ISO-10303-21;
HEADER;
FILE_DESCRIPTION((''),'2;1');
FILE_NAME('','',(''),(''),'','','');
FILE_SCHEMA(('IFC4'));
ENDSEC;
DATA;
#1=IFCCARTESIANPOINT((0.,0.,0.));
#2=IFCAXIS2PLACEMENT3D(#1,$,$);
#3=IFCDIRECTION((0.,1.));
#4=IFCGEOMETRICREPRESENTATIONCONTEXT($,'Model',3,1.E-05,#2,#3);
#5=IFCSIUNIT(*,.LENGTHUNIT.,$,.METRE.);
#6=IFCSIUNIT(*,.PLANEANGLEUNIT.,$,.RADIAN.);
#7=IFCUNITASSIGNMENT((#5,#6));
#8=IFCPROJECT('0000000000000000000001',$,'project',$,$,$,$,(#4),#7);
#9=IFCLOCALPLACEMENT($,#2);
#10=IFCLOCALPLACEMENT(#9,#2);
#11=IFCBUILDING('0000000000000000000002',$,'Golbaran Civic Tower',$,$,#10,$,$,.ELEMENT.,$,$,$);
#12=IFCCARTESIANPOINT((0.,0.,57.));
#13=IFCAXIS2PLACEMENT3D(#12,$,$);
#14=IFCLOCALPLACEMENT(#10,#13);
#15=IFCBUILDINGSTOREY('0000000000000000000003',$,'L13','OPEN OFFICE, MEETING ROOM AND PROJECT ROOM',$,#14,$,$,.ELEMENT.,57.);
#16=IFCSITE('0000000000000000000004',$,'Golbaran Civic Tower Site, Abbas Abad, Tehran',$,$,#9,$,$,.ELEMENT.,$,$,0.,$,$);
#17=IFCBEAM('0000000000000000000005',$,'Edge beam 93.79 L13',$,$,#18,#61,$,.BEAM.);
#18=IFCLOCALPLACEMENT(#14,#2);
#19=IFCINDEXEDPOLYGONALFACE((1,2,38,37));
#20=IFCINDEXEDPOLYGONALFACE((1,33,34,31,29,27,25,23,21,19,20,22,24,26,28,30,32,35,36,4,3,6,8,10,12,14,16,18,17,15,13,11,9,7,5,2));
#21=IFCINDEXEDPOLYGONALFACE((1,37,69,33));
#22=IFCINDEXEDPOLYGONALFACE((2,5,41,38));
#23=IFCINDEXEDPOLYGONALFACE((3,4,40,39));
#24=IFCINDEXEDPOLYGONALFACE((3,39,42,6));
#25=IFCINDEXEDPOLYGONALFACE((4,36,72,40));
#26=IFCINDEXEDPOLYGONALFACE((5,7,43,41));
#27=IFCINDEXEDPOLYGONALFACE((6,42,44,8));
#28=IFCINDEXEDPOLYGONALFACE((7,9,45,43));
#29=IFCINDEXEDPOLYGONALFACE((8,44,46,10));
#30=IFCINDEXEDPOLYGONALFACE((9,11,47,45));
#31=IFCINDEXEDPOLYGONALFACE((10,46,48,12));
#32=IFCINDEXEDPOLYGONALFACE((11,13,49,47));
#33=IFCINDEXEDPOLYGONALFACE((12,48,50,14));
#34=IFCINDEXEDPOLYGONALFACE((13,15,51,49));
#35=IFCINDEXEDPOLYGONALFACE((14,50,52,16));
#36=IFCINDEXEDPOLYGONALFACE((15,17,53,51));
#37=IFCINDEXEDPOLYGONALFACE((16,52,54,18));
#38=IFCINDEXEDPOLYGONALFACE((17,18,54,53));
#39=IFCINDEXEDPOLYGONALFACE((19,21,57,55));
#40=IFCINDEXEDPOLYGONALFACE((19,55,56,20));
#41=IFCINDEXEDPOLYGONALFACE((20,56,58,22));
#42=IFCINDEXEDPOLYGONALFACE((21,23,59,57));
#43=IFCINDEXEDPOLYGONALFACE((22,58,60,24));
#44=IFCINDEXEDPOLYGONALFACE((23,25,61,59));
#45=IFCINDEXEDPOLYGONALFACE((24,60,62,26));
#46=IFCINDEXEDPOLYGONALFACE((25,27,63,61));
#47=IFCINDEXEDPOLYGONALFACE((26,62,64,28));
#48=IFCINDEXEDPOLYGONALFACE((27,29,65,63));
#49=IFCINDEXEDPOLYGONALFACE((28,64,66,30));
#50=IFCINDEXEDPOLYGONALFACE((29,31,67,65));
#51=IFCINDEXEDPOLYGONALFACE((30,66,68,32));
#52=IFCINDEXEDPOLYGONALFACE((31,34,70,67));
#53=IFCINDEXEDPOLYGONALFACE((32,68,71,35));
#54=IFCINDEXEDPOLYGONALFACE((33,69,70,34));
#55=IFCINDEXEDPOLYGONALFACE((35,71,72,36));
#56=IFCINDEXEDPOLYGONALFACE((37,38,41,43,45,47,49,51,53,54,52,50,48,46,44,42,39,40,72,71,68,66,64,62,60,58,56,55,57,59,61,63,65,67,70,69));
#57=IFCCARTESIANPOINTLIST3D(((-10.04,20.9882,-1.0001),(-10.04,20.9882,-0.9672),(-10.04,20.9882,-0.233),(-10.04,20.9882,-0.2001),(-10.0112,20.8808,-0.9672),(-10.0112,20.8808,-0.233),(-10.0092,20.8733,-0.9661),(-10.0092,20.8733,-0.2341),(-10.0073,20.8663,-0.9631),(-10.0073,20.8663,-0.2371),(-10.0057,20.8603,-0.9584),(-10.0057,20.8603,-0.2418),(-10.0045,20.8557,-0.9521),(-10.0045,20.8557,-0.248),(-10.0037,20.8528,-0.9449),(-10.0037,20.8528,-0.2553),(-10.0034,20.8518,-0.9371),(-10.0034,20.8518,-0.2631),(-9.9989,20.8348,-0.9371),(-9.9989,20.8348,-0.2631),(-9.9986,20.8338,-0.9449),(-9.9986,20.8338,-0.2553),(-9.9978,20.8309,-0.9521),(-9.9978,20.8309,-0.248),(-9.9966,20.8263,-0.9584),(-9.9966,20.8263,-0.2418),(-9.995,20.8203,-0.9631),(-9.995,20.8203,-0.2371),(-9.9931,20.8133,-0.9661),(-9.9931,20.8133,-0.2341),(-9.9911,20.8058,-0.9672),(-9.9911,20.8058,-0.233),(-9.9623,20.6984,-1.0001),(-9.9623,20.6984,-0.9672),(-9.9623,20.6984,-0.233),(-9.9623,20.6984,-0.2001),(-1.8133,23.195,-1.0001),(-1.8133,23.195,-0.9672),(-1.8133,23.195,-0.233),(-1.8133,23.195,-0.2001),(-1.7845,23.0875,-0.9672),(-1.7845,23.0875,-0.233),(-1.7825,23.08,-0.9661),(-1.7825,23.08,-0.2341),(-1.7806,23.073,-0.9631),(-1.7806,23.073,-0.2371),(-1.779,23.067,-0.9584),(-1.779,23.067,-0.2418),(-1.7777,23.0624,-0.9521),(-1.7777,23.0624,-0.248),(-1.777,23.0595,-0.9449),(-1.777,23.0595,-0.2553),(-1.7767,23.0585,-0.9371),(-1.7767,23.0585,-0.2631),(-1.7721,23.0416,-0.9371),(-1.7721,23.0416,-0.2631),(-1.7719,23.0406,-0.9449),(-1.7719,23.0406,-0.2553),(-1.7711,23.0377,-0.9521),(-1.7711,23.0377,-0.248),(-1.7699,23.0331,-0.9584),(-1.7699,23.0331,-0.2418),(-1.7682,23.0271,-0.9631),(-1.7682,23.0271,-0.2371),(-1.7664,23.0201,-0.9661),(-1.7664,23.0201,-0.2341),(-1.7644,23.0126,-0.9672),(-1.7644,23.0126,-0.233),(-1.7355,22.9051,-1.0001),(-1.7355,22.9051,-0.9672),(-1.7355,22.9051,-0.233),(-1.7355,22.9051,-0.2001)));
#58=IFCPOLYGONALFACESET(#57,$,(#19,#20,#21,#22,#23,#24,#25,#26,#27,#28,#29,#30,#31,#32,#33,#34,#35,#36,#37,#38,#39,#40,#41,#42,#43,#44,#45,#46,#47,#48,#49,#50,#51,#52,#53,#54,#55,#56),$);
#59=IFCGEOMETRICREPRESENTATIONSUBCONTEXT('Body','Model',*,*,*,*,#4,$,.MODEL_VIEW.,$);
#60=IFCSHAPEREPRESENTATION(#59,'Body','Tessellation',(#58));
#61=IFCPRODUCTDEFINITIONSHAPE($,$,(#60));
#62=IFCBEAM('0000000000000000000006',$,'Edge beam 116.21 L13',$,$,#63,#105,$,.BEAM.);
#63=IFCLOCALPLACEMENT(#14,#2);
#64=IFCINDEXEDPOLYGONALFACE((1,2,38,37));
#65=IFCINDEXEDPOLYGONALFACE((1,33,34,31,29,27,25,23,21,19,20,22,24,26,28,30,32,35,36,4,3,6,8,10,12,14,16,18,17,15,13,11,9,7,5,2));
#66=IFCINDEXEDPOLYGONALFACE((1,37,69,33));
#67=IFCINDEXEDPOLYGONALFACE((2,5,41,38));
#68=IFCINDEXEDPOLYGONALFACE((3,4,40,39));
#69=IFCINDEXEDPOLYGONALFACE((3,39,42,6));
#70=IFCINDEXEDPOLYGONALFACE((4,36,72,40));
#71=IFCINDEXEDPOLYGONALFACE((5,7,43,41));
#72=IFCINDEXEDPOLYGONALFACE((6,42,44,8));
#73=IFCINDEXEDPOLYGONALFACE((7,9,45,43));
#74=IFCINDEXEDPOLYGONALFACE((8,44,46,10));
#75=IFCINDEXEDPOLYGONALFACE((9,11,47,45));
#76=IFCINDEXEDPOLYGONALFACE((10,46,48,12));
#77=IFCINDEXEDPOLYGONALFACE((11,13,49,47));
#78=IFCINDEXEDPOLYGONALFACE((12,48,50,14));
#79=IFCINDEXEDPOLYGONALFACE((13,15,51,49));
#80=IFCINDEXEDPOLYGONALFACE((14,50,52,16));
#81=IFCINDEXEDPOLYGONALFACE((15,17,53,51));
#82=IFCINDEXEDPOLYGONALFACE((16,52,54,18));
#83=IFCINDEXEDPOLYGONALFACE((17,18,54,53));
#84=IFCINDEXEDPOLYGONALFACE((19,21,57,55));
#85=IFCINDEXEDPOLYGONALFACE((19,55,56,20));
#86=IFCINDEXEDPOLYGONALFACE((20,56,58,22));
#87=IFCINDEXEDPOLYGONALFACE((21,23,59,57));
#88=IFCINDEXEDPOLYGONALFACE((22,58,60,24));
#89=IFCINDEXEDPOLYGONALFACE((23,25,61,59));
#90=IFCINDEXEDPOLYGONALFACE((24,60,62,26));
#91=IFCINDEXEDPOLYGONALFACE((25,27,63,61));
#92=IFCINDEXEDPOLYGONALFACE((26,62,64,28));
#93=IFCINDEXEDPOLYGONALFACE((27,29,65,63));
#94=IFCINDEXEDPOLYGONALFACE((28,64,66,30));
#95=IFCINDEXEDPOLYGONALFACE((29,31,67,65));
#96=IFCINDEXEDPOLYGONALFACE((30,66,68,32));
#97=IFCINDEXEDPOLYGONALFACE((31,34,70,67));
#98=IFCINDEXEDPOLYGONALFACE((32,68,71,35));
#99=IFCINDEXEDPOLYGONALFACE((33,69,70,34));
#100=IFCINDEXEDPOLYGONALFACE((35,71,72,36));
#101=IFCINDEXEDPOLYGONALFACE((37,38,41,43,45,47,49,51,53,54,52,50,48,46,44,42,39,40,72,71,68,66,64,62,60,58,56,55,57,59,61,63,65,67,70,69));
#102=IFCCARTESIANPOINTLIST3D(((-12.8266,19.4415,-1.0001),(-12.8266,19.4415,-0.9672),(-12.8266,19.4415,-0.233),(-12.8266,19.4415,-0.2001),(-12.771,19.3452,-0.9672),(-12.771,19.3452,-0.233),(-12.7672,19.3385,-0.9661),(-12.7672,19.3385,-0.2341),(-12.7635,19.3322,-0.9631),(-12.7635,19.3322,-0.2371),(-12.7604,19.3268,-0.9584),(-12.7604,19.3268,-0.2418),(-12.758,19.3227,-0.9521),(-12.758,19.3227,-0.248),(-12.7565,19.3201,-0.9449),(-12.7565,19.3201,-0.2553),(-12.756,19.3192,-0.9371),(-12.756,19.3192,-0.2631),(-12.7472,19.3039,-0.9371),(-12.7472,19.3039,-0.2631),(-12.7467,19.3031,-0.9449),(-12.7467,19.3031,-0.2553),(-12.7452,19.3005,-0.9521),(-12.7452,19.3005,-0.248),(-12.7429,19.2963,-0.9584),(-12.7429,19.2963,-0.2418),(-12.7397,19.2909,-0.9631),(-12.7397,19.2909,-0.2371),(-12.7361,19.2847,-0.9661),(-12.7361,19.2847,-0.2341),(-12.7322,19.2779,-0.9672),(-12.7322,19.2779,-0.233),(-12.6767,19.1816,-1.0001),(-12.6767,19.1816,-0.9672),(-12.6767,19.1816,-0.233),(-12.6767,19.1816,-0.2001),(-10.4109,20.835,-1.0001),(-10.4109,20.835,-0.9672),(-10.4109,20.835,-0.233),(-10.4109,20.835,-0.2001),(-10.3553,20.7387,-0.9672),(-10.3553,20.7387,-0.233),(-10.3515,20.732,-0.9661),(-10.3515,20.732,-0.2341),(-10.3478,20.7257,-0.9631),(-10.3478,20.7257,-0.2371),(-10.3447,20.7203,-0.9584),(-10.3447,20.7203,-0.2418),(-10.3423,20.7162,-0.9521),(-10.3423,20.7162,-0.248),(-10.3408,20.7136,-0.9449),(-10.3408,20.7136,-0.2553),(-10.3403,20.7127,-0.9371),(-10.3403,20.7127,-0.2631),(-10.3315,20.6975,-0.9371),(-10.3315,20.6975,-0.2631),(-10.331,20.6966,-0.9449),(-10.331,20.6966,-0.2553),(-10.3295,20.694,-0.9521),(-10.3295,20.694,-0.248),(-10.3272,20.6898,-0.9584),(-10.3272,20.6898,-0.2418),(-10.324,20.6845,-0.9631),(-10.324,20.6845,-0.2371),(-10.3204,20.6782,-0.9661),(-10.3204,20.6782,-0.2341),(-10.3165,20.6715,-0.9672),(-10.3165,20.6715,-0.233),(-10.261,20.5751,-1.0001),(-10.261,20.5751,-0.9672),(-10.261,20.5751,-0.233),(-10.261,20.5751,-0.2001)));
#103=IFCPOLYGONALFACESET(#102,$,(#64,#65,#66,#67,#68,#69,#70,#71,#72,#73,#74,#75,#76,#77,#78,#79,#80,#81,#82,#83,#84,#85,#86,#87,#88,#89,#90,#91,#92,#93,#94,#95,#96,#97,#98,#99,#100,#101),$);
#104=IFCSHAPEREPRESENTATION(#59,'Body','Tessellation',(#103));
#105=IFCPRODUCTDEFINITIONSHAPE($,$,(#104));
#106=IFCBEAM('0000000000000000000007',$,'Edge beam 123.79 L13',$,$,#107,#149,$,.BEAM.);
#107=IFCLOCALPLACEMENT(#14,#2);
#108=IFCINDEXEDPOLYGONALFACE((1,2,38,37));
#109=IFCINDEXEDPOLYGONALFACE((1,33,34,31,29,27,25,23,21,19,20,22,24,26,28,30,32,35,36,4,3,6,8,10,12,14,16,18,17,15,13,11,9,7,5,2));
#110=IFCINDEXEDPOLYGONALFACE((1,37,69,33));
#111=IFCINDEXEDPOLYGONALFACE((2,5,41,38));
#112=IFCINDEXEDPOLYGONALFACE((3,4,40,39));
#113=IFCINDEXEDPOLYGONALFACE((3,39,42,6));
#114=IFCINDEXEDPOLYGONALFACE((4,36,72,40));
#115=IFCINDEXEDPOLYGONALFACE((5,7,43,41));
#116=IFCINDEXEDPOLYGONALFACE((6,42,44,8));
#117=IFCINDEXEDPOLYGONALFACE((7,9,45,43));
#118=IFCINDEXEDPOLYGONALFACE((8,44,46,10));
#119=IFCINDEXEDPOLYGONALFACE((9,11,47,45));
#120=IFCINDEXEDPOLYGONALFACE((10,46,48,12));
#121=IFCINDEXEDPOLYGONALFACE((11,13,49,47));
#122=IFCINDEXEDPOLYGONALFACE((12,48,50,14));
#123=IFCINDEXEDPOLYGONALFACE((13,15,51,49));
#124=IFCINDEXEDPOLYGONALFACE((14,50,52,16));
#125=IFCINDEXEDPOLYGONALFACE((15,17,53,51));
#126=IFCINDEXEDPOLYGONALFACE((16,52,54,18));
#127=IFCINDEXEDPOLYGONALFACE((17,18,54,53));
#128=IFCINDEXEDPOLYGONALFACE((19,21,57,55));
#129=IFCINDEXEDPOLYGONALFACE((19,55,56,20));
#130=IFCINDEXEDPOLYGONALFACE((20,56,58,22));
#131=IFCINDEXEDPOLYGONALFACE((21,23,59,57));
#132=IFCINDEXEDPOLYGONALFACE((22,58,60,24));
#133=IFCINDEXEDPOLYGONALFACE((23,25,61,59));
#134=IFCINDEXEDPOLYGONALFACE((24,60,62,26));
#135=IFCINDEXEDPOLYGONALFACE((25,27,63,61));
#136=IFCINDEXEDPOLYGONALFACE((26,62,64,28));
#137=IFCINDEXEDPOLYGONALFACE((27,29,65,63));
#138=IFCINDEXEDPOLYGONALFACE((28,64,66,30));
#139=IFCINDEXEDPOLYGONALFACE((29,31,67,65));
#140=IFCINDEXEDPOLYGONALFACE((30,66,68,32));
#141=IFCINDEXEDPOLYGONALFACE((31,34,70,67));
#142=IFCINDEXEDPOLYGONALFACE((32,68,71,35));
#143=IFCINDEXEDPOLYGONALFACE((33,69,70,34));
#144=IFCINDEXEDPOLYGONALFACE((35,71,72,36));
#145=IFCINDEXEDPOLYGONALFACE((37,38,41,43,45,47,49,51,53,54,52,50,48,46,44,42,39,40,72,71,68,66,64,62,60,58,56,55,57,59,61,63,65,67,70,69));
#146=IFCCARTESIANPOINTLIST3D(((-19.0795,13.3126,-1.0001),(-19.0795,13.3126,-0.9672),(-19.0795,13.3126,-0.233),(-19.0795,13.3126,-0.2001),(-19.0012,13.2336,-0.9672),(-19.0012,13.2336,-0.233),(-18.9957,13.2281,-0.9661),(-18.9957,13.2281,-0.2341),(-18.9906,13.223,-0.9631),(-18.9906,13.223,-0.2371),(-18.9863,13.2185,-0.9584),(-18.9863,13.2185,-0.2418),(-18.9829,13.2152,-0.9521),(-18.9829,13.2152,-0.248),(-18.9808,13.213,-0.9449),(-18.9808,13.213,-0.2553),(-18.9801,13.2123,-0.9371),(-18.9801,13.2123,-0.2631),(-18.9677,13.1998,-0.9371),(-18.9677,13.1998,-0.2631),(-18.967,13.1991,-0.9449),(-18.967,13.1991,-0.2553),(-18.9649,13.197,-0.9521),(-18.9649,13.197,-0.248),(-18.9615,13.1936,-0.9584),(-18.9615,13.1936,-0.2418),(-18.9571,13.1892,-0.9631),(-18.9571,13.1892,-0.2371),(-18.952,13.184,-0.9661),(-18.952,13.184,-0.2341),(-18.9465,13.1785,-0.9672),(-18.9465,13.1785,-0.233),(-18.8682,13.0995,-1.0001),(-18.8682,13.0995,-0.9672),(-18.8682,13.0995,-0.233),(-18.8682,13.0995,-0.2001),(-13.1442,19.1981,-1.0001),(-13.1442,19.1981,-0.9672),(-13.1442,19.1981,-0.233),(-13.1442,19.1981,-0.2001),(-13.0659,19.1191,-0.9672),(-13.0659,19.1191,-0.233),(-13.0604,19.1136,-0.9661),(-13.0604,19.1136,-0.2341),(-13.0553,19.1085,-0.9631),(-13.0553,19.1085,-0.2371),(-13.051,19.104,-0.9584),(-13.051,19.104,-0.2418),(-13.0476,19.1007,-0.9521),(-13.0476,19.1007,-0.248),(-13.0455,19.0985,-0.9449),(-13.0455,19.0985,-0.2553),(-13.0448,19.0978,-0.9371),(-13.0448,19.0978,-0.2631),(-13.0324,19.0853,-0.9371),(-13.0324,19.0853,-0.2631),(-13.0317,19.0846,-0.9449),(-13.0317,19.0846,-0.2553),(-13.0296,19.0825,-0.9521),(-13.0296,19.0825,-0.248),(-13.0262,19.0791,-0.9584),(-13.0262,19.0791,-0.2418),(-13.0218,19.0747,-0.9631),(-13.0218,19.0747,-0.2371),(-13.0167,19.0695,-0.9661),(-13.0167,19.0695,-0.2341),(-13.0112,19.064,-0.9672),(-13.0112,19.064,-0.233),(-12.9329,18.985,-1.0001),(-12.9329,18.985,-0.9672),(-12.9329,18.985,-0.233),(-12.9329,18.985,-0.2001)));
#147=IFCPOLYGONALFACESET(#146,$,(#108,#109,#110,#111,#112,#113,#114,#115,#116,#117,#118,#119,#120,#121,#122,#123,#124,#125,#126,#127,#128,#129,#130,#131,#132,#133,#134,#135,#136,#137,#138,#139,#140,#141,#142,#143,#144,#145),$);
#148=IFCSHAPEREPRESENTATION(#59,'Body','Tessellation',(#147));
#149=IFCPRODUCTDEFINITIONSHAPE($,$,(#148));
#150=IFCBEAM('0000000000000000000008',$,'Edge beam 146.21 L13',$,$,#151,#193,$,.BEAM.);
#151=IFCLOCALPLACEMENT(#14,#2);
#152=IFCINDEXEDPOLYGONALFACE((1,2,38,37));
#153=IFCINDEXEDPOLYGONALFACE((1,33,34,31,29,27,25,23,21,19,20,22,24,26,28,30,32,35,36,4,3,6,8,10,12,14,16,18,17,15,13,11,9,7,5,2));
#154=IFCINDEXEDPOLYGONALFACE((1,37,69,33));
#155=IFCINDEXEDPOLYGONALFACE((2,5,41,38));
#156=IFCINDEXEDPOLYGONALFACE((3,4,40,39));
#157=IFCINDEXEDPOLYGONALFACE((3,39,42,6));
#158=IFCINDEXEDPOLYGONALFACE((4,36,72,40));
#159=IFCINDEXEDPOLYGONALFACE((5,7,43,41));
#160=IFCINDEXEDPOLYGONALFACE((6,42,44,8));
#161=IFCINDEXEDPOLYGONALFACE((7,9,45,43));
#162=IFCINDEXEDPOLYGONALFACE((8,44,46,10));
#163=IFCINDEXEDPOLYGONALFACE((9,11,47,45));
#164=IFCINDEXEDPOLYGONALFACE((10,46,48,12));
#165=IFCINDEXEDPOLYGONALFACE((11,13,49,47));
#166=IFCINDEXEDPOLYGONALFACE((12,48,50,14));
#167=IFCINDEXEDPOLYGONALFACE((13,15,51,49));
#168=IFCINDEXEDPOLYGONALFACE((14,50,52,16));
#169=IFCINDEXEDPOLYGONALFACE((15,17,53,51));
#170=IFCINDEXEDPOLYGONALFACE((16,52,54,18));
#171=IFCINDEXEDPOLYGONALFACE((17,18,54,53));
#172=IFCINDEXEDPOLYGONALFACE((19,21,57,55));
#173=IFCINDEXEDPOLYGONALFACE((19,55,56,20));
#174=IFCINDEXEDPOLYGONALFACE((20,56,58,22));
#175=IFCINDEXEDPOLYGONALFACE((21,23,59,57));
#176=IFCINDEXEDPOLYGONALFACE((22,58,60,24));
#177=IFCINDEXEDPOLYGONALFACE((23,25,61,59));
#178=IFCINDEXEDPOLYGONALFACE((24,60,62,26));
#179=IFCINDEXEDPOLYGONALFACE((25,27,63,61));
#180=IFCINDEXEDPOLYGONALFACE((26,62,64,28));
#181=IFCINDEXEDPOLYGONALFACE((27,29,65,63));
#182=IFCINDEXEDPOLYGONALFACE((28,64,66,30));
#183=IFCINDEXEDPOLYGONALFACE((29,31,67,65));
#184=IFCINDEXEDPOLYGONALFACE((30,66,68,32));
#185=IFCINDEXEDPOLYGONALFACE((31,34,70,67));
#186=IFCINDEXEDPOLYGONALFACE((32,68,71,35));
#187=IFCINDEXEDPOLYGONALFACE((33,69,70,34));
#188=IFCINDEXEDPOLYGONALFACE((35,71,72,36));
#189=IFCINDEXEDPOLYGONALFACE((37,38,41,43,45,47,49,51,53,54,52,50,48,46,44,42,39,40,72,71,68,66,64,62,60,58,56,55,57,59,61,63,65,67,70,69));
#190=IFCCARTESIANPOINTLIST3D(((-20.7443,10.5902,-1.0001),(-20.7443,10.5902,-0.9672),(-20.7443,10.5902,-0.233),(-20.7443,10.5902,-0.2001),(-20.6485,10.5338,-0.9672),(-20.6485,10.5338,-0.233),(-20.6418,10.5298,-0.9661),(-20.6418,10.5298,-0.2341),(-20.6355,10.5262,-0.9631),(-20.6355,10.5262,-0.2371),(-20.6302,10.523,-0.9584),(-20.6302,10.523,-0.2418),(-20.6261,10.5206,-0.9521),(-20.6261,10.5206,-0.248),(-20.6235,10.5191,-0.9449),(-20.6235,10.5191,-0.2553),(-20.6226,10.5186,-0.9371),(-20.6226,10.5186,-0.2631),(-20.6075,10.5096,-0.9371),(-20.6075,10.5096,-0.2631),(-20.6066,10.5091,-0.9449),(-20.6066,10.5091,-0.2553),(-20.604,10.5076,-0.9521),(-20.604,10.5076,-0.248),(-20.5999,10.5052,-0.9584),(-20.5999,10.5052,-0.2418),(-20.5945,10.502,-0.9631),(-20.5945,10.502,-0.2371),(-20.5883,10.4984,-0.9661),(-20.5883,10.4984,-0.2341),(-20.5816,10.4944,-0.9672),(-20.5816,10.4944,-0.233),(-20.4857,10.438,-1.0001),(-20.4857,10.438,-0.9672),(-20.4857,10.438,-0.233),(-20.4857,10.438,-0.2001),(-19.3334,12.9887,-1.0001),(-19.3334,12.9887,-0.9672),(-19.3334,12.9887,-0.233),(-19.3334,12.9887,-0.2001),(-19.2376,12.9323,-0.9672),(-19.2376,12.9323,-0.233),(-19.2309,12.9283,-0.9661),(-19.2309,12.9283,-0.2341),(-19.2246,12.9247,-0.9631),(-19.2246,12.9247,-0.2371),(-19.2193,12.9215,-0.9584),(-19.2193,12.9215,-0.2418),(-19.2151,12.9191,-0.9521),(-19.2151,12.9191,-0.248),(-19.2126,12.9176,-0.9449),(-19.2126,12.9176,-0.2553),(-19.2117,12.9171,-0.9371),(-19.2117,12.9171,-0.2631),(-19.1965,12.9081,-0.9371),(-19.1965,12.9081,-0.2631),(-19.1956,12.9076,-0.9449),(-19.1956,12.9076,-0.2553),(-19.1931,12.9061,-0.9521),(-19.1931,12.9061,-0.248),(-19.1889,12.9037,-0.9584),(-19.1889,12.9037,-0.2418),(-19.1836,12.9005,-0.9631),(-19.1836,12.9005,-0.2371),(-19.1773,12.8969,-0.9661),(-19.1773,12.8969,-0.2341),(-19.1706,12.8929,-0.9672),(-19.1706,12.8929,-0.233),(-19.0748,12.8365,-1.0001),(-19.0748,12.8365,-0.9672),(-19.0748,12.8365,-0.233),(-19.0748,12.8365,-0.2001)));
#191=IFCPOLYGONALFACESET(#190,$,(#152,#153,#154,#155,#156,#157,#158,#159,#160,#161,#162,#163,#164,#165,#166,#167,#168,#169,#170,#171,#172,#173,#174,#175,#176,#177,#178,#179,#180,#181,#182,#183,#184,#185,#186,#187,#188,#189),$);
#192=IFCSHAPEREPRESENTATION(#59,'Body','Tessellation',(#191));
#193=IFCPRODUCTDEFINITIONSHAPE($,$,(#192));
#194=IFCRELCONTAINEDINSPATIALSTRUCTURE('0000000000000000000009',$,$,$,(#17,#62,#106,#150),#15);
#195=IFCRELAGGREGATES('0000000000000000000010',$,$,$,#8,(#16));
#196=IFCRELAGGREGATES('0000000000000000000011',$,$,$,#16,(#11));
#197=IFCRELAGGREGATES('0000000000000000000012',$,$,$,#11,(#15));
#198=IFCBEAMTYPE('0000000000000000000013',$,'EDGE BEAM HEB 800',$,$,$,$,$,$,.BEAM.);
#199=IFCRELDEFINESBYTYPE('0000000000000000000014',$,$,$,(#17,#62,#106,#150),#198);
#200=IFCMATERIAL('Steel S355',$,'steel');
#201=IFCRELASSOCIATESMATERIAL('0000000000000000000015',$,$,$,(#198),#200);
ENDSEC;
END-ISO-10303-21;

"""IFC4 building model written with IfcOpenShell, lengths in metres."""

from ifc_helpers import new_model, si_unit, direction, frame, origin, origin_2d, place, context, subcontext, project, spatial, i_section, extrude, material, material_profile, profile_set, type_object, element, save


model = new_model("IFC4")

# Units and contexts
model_context = context("Model", 3, precision=1e-05, world=origin(), true_north=direction((0.0, 1.0)))
body_context = subcontext(model_context, "Body", "Model", "MODEL_VIEW")
ifc_project = project(units=[si_unit("LENGTHUNIT", "METRE"), si_unit("PLANEANGLEUNIT", "RADIAN")], contexts=[model_context])

# Site, building, storey
site_placement = place(None, origin())
site = spatial("IfcSite", under=ifc_project, at=site_placement, Name="Golbaran Civic Tower Site, Abbas Abad, Tehran", CompositionType="ELEMENT", RefElevation=0.0)
building_placement = place(site_placement, origin())
building = spatial("IfcBuilding", under=site, at=building_placement, Name="Golbaran Civic Tower", CompositionType="ELEMENT")
storey_placement = place(building_placement, frame((0.0, 0.0, 57.0)))
storey = spatial("IfcBuildingStorey", under=building, at=storey_placement, Name="L13", Description="OPEN OFFICE, MEETING ROOM AND PROJECT ROOM", CompositionType="ELEMENT", Elevation=57.0)

# Beams
ifc_material_1 = material(Name="Steel S355", Category="steel")
ifc_material_profile_1 = material_profile(ifc_material_1, i_section(OverallWidth=0.3, OverallDepth=0.8, WebThickness=0.0176, FlangeThickness=0.033, FilletRadius=0.03, at=origin_2d()), Name="HEB 800")
ifc_profile_set_1 = profile_set([ifc_material_profile_1], Name="Steel S355")
beam_type_1 = type_object("IfcBeamType", Name="EDGE BEAM HEB 800", PredefinedType="BEAM", material=ifc_profile_set_1)
beam_1_placement = place(storey_placement, frame((-1.7744, 23.05, -0.6001), z_axis=(-0.965855, -0.259084, 0.0), x_axis=(0.259084, -0.965855, 0.0)))
element("IfcBeam", 1, at=beam_1_placement, inside=storey, type_object=beam_type_1, Name="Edge beam 93.79 L13", PredefinedType="BEAM", context=body_context, shape_type="SweptSolid", body=[
    extrude(i_section(OverallWidth=0.3, OverallDepth=0.8, WebThickness=0.0176, FlangeThickness=0.033, FilletRadius=0.03, at=origin_2d()), origin(), (0.0, 0.0, 1.0), 8.5176),
])
beam_2_placement = place(storey_placement, frame((-10.3359, 20.7051, -0.6001), z_axis=(-0.86621, -0.49968, 0.0), x_axis=(0.49968, -0.86621, 0.0)))
element("IfcBeam", 2, at=beam_2_placement, inside=storey, type_object=beam_type_1, Name="Edge beam 116.21 L13", PredefinedType="BEAM", context=body_context, shape_type="SweptSolid", body=[
    extrude(i_section(OverallWidth=0.3, OverallDepth=0.8, WebThickness=0.0176, FlangeThickness=0.033, FilletRadius=0.03, at=origin_2d()), origin(), (0.0, 0.0, 1.0), 2.7888),
])
beam_3_placement = place(storey_placement, frame((-13.0386, 19.0916, -0.6001), z_axis=(-0.71008, -0.704121, 0.0), x_axis=(0.704121, -0.71008, 0.0)))
element("IfcBeam", 3, at=beam_3_placement, inside=storey, type_object=beam_type_1, Name="Edge beam 123.79 L13", PredefinedType="BEAM", context=body_context, shape_type="SweptSolid", body=[
    extrude(i_section(OverallWidth=0.3, OverallDepth=0.8, WebThickness=0.0176, FlangeThickness=0.033, FilletRadius=0.03, at=origin_2d()), origin(), (0.0, 0.0, 1.0), 8.3586),
])
beam_4_placement = place(storey_placement, frame((-19.2041, 12.9126, -0.6001), z_axis=(-0.507032, -0.861927, 0.0), x_axis=(0.861927, -0.507032, 0.0)))
element("IfcBeam", 4, at=beam_4_placement, inside=storey, type_object=beam_type_1, Name="Edge beam 146.21 L13", PredefinedType="BEAM", context=body_context, shape_type="SweptSolid", body=[
    extrude(i_section(OverallWidth=0.3, OverallDepth=0.8, WebThickness=0.0176, FlangeThickness=0.033, FilletRadius=0.03, at=origin_2d()), origin(), (0.0, 0.0, 1.0), 2.7827),
])

save(model, "model.ifc")
